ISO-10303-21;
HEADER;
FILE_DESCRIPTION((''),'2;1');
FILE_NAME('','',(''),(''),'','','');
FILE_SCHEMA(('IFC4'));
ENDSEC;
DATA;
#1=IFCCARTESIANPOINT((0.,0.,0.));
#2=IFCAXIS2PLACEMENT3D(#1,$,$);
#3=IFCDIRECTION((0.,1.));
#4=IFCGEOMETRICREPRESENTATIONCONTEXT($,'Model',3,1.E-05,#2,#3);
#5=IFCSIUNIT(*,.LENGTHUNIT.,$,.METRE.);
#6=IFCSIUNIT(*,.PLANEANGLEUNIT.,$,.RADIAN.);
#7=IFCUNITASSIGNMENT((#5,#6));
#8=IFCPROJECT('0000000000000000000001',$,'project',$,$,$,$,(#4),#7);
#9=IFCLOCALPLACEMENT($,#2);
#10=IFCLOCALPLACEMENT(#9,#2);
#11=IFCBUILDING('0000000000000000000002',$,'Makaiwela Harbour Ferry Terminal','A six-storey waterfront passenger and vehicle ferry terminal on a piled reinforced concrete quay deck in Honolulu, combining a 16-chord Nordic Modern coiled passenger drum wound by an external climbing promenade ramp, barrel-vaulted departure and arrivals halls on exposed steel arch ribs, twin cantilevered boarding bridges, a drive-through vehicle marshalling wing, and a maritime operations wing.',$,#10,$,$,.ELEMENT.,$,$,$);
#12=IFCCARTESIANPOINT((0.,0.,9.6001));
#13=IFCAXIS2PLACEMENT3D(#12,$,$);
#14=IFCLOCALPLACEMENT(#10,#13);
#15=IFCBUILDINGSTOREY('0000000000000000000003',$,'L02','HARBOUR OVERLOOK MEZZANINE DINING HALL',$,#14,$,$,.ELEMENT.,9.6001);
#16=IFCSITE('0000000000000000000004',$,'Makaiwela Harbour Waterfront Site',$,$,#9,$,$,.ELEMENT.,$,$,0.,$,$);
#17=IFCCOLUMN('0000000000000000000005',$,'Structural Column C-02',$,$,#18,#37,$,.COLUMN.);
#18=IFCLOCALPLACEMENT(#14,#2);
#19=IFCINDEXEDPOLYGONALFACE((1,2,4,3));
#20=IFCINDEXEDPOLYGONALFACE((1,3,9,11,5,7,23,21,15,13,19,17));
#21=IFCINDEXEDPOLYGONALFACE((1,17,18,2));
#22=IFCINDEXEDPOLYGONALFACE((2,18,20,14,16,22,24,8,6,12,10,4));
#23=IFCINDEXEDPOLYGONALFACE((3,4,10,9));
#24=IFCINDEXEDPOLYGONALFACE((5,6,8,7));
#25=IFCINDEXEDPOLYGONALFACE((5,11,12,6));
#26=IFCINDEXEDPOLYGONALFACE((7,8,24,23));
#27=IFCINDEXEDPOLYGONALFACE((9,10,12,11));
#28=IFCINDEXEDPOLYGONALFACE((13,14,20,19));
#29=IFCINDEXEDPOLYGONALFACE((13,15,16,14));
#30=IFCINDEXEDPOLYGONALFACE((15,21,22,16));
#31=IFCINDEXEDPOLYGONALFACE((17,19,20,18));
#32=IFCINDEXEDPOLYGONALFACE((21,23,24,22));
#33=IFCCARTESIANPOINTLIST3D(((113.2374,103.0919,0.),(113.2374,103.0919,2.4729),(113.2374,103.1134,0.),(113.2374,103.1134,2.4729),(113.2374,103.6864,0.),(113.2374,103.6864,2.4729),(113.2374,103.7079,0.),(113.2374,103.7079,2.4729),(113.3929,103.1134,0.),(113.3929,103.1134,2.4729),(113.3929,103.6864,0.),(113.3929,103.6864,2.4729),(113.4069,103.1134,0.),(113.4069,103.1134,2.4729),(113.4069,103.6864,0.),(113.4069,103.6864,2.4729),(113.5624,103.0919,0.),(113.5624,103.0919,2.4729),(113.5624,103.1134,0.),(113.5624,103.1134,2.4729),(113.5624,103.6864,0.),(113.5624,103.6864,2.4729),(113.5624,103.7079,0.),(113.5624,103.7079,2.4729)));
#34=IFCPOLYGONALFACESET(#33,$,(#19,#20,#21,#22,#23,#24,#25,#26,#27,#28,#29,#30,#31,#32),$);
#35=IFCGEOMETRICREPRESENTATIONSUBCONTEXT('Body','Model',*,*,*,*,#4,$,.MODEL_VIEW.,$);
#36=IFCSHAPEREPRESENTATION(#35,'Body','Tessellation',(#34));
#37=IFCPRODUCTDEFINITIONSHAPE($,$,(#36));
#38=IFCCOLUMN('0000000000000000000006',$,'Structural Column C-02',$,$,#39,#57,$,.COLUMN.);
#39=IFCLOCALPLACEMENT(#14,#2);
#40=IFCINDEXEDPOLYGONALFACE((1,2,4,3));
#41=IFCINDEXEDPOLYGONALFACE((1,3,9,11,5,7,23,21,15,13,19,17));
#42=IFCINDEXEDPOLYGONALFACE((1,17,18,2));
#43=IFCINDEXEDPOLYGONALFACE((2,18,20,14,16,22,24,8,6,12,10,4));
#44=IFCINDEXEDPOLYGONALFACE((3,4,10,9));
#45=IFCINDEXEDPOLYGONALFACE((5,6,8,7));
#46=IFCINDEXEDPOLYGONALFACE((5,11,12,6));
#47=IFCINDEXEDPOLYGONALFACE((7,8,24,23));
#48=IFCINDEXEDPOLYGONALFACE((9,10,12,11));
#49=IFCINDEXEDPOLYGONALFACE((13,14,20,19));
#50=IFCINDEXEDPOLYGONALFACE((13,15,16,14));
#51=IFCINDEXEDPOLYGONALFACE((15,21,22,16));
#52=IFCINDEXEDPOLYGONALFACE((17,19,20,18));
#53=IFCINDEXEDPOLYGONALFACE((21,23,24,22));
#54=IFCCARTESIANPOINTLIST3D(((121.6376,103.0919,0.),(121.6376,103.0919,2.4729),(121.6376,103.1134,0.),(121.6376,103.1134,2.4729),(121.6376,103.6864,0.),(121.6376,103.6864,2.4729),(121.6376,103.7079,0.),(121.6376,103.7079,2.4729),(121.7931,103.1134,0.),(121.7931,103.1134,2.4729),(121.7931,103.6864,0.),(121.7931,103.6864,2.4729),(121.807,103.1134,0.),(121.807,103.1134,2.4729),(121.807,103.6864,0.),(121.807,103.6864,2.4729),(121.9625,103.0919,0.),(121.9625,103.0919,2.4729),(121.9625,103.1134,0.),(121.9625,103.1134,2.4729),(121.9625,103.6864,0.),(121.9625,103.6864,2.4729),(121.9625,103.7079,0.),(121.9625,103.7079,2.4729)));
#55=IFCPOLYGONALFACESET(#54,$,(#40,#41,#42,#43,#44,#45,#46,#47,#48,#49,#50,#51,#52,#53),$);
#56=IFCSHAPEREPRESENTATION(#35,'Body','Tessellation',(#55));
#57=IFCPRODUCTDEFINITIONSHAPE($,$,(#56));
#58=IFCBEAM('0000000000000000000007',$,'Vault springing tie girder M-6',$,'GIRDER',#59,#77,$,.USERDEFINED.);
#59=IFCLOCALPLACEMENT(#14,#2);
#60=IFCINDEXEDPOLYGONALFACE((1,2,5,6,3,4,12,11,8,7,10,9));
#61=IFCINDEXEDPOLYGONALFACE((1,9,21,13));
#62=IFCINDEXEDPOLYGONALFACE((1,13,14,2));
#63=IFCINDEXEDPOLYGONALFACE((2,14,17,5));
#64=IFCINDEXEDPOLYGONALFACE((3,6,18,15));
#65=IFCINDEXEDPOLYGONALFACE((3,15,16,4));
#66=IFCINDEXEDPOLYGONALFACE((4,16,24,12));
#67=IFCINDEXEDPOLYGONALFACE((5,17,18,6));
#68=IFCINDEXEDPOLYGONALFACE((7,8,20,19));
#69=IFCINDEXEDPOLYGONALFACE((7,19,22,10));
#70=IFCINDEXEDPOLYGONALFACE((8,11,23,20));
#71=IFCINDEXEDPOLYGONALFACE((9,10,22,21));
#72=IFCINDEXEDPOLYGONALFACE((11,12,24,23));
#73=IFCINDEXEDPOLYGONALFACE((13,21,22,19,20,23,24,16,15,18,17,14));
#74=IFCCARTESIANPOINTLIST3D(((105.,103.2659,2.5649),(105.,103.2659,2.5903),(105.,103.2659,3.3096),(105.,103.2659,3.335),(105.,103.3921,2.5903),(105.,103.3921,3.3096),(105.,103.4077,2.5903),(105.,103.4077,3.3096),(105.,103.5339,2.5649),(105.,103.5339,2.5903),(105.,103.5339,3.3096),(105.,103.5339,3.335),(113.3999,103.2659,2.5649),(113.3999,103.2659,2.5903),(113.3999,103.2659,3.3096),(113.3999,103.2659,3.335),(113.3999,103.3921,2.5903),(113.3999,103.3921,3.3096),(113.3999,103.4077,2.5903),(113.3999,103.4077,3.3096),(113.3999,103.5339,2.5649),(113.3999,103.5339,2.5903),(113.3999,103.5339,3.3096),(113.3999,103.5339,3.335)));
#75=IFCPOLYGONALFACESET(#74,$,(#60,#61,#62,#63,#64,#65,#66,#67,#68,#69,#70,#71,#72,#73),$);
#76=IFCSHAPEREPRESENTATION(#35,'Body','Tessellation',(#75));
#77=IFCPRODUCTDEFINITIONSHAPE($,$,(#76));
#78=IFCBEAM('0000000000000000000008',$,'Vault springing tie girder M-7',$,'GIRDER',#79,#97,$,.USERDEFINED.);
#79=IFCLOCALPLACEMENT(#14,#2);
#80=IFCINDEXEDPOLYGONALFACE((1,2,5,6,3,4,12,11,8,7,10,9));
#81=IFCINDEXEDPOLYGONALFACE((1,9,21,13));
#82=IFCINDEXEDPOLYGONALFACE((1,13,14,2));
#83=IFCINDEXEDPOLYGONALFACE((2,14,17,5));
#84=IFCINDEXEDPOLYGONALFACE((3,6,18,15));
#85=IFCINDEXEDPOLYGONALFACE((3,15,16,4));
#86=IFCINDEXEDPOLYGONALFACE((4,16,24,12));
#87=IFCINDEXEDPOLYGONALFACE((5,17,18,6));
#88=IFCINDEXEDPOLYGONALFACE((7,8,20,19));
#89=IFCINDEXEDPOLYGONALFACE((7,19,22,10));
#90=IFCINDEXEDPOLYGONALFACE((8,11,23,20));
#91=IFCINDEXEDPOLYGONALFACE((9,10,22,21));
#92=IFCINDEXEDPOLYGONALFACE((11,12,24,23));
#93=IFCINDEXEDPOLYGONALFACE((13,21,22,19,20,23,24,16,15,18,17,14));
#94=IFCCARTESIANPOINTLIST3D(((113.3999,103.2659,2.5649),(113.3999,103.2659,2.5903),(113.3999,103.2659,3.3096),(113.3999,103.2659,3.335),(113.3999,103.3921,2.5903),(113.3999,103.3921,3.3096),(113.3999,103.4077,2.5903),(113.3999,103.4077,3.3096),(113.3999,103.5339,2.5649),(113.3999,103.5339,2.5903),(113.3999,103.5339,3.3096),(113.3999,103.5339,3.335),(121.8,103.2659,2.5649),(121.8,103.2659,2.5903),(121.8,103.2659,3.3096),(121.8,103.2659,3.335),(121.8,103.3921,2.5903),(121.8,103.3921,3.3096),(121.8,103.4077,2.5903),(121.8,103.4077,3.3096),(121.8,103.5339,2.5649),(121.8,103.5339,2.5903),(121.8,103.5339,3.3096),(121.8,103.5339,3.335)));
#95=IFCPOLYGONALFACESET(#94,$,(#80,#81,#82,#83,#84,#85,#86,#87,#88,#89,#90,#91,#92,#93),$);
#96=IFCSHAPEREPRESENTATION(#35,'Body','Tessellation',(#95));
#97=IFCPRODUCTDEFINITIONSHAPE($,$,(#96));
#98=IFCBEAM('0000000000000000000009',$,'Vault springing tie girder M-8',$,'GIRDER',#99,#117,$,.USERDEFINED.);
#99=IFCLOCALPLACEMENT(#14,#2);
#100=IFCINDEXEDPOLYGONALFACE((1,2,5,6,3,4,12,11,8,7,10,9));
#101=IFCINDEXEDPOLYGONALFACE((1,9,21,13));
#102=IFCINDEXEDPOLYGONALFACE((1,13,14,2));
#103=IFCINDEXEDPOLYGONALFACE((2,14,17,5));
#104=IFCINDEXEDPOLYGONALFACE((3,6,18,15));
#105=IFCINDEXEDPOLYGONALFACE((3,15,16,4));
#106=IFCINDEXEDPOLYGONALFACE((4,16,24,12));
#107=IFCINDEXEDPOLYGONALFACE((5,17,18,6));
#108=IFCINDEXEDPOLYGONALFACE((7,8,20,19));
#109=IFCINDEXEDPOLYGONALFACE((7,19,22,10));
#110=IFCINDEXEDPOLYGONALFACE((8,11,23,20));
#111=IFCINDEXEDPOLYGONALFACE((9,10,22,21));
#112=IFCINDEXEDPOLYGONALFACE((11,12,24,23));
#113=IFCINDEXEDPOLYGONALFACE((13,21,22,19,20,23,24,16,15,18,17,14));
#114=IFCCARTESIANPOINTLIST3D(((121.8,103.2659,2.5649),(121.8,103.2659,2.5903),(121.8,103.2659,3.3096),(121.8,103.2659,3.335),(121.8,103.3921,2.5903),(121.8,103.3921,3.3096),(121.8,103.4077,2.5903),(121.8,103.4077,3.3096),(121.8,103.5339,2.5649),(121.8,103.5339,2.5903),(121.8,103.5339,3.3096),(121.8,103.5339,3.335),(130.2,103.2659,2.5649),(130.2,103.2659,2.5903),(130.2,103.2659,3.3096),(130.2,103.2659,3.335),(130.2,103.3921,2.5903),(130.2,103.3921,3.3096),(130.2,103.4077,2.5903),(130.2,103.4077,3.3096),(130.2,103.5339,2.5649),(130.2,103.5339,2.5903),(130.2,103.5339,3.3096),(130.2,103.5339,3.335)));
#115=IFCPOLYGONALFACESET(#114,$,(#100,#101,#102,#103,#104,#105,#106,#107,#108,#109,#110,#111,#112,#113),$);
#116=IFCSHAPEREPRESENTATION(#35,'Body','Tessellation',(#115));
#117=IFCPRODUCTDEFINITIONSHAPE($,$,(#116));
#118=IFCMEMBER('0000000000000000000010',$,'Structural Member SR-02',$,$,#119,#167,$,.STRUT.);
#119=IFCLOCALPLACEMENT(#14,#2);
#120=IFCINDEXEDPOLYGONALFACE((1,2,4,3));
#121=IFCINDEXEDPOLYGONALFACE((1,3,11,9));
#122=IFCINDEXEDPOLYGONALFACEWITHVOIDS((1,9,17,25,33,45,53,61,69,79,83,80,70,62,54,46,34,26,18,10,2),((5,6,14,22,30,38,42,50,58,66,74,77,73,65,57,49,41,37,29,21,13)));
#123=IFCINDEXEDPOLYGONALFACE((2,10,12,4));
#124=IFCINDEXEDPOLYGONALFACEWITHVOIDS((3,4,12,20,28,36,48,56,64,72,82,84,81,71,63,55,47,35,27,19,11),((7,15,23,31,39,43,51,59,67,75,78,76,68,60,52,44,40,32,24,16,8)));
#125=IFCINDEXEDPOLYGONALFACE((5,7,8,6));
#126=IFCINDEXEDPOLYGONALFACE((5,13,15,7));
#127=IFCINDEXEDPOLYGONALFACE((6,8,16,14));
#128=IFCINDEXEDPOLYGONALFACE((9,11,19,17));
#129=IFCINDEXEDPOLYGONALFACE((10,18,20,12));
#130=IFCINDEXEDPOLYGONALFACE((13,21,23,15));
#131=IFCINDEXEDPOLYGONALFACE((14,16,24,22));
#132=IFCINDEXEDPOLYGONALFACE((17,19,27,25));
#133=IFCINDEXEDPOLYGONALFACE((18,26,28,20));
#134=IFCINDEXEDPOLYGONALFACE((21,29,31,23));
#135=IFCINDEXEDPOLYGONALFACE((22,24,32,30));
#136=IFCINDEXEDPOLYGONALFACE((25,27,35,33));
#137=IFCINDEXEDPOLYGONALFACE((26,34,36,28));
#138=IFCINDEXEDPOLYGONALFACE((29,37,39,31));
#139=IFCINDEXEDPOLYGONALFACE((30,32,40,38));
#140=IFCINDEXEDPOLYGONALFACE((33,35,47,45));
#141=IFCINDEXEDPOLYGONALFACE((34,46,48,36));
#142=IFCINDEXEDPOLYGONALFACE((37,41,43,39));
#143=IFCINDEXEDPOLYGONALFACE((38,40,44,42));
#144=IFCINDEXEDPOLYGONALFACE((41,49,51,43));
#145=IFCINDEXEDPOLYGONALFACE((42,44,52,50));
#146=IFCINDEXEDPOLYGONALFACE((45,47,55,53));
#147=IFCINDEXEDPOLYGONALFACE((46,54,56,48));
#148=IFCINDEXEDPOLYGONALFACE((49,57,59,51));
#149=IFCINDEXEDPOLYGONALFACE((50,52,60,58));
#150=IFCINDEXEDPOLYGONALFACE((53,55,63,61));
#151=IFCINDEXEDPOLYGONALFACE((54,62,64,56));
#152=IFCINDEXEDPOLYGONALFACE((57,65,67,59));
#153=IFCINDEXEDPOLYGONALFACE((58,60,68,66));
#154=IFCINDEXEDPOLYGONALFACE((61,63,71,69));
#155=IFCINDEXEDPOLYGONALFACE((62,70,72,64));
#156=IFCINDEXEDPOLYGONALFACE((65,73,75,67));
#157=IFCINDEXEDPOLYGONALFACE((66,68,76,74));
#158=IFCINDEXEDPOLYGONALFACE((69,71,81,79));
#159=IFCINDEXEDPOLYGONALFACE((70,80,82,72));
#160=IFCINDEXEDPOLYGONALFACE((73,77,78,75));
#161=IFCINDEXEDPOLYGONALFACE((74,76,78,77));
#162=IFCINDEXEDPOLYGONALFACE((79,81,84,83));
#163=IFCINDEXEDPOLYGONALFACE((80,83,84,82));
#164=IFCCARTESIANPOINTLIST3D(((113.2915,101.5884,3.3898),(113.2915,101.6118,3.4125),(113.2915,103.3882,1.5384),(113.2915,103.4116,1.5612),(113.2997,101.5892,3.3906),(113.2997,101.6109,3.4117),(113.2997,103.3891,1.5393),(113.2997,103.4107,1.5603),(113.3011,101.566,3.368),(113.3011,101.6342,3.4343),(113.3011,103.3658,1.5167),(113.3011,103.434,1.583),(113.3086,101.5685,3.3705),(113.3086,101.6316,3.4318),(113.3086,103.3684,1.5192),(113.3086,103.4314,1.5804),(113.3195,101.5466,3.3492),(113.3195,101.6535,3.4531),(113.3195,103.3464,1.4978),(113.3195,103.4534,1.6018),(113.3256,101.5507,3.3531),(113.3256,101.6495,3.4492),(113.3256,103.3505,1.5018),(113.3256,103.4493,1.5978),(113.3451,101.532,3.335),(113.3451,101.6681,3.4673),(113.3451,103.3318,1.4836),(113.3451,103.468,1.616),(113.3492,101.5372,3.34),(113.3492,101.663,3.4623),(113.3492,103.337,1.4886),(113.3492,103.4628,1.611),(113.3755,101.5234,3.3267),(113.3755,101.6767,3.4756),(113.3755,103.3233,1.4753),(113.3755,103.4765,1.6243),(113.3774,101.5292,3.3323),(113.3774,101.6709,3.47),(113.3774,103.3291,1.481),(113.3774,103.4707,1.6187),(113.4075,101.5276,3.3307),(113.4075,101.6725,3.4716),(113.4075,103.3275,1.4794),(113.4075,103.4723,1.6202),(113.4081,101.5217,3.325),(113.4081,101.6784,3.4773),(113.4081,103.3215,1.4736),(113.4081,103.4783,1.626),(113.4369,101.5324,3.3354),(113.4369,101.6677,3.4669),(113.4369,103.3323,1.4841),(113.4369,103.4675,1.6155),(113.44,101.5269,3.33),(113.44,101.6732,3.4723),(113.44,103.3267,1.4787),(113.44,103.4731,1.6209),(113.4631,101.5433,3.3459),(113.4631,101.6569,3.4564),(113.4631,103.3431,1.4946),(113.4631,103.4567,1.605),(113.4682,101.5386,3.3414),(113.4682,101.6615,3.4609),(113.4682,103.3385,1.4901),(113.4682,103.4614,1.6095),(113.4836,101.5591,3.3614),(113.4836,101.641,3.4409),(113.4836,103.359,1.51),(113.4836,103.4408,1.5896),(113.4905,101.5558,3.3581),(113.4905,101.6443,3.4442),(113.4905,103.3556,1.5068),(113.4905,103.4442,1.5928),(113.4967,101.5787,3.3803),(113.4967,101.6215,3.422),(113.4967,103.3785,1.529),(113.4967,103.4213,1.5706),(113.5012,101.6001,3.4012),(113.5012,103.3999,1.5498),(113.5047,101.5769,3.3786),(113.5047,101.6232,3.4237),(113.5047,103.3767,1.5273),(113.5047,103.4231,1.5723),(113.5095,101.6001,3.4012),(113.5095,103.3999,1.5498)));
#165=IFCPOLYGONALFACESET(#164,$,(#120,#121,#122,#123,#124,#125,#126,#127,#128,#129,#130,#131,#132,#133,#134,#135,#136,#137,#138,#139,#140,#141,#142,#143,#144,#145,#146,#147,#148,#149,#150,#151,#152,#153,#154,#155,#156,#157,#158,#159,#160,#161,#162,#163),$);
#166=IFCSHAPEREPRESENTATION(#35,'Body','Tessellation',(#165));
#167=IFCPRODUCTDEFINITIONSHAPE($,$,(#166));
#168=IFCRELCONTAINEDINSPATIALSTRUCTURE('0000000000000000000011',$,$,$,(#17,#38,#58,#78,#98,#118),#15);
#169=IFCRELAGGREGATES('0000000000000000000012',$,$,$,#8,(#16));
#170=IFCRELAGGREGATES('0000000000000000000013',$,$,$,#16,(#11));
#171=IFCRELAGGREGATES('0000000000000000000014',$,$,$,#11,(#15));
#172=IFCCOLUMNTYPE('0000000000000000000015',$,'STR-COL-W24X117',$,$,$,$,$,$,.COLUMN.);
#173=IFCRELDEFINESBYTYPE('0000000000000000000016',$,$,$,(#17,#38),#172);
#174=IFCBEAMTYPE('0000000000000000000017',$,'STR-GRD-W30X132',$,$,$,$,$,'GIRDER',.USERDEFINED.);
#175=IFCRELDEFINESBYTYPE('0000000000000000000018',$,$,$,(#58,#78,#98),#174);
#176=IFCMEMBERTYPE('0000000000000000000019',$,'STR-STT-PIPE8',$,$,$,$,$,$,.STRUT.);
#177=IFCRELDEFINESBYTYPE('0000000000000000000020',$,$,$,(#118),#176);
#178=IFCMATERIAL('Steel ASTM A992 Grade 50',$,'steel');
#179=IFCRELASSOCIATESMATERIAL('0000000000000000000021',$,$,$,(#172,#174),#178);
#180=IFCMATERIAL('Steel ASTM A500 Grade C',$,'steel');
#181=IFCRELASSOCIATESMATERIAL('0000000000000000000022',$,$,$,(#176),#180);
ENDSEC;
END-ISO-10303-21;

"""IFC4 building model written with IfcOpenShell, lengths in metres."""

from ifc_helpers import new_model, si_unit, direction, frame, origin, origin_2d, place, context, subcontext, project, spatial, hollow_circle, i_section, extrude, material, material_profile, profile_set, type_object, element, save


model = new_model("IFC4")

# Units and contexts
model_context = context("Model", 3, precision=1e-05, world=origin(), true_north=direction((0.0, 1.0)))
body_context = subcontext(model_context, "Body", "Model", "MODEL_VIEW")
ifc_project = project(units=[si_unit("LENGTHUNIT", "METRE"), si_unit("PLANEANGLEUNIT", "RADIAN")], contexts=[model_context])

# Site, building, storey
site_placement = place(None, origin())
site = spatial("IfcSite", under=ifc_project, at=site_placement, Name="Makaiwela Harbour Waterfront Site", CompositionType="ELEMENT", RefElevation=0.0)
building_placement = place(site_placement, origin())
building = spatial("IfcBuilding", under=site, at=building_placement, Name="Makaiwela Harbour Ferry Terminal", Description="A six-storey waterfront passenger and vehicle ferry terminal on a piled reinforced concrete quay deck in Honolulu, combining a 16-chord Nordic Modern coiled passenger drum wound by an external climbing promenade ramp, barrel-vaulted departure and arrivals halls on exposed steel arch ribs, twin cantilevered boarding bridges, a drive-through vehicle marshalling wing, and a maritime operations wing.", CompositionType="ELEMENT")
storey_placement = place(building_placement, frame((0.0, 0.0, 9.6001)))
storey = spatial("IfcBuildingStorey", under=building, at=storey_placement, Name="L02", Description="HARBOUR OVERLOOK MEZZANINE DINING HALL", CompositionType="ELEMENT", Elevation=9.6001)

# Columns
ifc_material_1 = material(Name="Steel ASTM A992 Grade 50", Category="steel")
ifc_material_profile_1 = material_profile(ifc_material_1, i_section(OverallWidth=0.325, OverallDepth=0.616, WebThickness=0.0139, FlangeThickness=0.0215, at=origin_2d()), Name="W24X117")
ifc_profile_set_1 = profile_set([ifc_material_profile_1], Name="Steel ASTM A992 Grade 50")
column_type = type_object("IfcColumnType", Name="STR-COL-W24X117", PredefinedType="COLUMN", material=ifc_profile_set_1)
for number, where, z_axis, x_axis, name in (
    (1, (113.3999, 103.3999, 0.0), (0.0, 0.0, 1.0), (1.0, 0.0, 0.0), "Structural Column C-02"),
    (2, (121.8, 103.3999, 0.0), (0.0, 0.0, 1.0), (1.0, 0.0, 0.0), "Structural Column C-02"),
):
    element("IfcColumn", number, at=place(storey_placement, frame(where, z_axis=z_axis, x_axis=x_axis)), inside=storey, type_object=column_type, Name=name, PredefinedType="COLUMN", context=body_context, shape_type="SweptSolid", body=[
        extrude(i_section(OverallWidth=0.325, OverallDepth=0.616, WebThickness=0.0139, FlangeThickness=0.0215, at=origin_2d()), origin(), (0.0, 0.0, 1.0), 2.4729),
    ])

# Beams
ifc_material_profile_2 = material_profile(ifc_material_1, i_section(OverallWidth=0.2681, OverallDepth=0.77, WebThickness=0.0156, FlangeThickness=0.0254, at=origin_2d()), Name="W30X132")
ifc_profile_set_2 = profile_set([ifc_material_profile_2], Name="Steel ASTM A992 Grade 50")
beam_type = type_object("IfcBeamType", Name="STR-GRD-W30X132", ElementType="GIRDER", PredefinedType="USERDEFINED", material=ifc_profile_set_2)
beam_1_placement = place(storey_placement, frame((105.0, 103.3999, 2.95), z_axis=(1.0, 0.0, 0.0), x_axis=(0.0, 1.0, 0.0)))
element("IfcBeam", 3, at=beam_1_placement, inside=storey, type_object=beam_type, Name="Vault springing tie girder M-6", ObjectType="GIRDER", PredefinedType="USERDEFINED", context=body_context, shape_type="SweptSolid", body=[
    extrude(i_section(OverallWidth=0.2681, OverallDepth=0.77, WebThickness=0.0156, FlangeThickness=0.0254, at=origin_2d()), origin(), (0.0, 0.0, 1.0), 8.3999),
])
beam_2_placement = place(storey_placement, frame((113.3999, 103.3999, 2.95), z_axis=(1.0, 0.0, 0.0), x_axis=(0.0, 1.0, 0.0)))
element("IfcBeam", 4, at=beam_2_placement, inside=storey, type_object=beam_type, Name="Vault springing tie girder M-7", ObjectType="GIRDER", PredefinedType="USERDEFINED", context=body_context, shape_type="SweptSolid", body=[
    extrude(i_section(OverallWidth=0.2681, OverallDepth=0.77, WebThickness=0.0156, FlangeThickness=0.0254, at=origin_2d()), origin(), (0.0, 0.0, 1.0), 8.4001),
])
beam_3_placement = place(storey_placement, frame((121.8, 103.3999, 2.95), z_axis=(1.0, 0.0, 0.0), x_axis=(0.0, 1.0, 0.0)))
element("IfcBeam", 5, at=beam_3_placement, inside=storey, type_object=beam_type, Name="Vault springing tie girder M-8", ObjectType="GIRDER", PredefinedType="USERDEFINED", context=body_context, shape_type="SweptSolid", body=[
    extrude(i_section(OverallWidth=0.2681, OverallDepth=0.77, WebThickness=0.0156, FlangeThickness=0.0254, at=origin_2d()), origin(), (0.0, 0.0, 1.0), 8.3999),
])

# Member
ifc_material_2 = material(Name="Steel ASTM A500 Grade C", Category="steel")
ifc_material_profile_3 = material_profile(ifc_material_2, hollow_circle(Radius=0.1096, WallThickness=0.0083, at=origin_2d()), Name="PIPE8STD")
ifc_profile_set_3 = profile_set([ifc_material_profile_3], Name="Steel ASTM A500 Grade C")
member_type = type_object("IfcMemberType", Name="STR-STT-PIPE8", PredefinedType="STRUT", material=ifc_profile_set_3)
for number, where, z_axis, x_axis, name in (
    (6, (113.3999, 103.3999, 1.5498), (0.0, -0.697061, 0.717012), (1.0, 0.0, 0.0), "Structural Member SR-02"),
):
    element("IfcMember", number, at=place(storey_placement, frame(where, z_axis=z_axis, x_axis=x_axis)), inside=storey, type_object=member_type, Name=name, PredefinedType="STRUT", context=body_context, shape_type="SweptSolid", body=[
        extrude(hollow_circle(Radius=0.1096, WallThickness=0.0083, at=origin_2d()), origin(), (0.0, 0.0, 1.0), 2.582),
    ])

save(model, "model.ifc")
